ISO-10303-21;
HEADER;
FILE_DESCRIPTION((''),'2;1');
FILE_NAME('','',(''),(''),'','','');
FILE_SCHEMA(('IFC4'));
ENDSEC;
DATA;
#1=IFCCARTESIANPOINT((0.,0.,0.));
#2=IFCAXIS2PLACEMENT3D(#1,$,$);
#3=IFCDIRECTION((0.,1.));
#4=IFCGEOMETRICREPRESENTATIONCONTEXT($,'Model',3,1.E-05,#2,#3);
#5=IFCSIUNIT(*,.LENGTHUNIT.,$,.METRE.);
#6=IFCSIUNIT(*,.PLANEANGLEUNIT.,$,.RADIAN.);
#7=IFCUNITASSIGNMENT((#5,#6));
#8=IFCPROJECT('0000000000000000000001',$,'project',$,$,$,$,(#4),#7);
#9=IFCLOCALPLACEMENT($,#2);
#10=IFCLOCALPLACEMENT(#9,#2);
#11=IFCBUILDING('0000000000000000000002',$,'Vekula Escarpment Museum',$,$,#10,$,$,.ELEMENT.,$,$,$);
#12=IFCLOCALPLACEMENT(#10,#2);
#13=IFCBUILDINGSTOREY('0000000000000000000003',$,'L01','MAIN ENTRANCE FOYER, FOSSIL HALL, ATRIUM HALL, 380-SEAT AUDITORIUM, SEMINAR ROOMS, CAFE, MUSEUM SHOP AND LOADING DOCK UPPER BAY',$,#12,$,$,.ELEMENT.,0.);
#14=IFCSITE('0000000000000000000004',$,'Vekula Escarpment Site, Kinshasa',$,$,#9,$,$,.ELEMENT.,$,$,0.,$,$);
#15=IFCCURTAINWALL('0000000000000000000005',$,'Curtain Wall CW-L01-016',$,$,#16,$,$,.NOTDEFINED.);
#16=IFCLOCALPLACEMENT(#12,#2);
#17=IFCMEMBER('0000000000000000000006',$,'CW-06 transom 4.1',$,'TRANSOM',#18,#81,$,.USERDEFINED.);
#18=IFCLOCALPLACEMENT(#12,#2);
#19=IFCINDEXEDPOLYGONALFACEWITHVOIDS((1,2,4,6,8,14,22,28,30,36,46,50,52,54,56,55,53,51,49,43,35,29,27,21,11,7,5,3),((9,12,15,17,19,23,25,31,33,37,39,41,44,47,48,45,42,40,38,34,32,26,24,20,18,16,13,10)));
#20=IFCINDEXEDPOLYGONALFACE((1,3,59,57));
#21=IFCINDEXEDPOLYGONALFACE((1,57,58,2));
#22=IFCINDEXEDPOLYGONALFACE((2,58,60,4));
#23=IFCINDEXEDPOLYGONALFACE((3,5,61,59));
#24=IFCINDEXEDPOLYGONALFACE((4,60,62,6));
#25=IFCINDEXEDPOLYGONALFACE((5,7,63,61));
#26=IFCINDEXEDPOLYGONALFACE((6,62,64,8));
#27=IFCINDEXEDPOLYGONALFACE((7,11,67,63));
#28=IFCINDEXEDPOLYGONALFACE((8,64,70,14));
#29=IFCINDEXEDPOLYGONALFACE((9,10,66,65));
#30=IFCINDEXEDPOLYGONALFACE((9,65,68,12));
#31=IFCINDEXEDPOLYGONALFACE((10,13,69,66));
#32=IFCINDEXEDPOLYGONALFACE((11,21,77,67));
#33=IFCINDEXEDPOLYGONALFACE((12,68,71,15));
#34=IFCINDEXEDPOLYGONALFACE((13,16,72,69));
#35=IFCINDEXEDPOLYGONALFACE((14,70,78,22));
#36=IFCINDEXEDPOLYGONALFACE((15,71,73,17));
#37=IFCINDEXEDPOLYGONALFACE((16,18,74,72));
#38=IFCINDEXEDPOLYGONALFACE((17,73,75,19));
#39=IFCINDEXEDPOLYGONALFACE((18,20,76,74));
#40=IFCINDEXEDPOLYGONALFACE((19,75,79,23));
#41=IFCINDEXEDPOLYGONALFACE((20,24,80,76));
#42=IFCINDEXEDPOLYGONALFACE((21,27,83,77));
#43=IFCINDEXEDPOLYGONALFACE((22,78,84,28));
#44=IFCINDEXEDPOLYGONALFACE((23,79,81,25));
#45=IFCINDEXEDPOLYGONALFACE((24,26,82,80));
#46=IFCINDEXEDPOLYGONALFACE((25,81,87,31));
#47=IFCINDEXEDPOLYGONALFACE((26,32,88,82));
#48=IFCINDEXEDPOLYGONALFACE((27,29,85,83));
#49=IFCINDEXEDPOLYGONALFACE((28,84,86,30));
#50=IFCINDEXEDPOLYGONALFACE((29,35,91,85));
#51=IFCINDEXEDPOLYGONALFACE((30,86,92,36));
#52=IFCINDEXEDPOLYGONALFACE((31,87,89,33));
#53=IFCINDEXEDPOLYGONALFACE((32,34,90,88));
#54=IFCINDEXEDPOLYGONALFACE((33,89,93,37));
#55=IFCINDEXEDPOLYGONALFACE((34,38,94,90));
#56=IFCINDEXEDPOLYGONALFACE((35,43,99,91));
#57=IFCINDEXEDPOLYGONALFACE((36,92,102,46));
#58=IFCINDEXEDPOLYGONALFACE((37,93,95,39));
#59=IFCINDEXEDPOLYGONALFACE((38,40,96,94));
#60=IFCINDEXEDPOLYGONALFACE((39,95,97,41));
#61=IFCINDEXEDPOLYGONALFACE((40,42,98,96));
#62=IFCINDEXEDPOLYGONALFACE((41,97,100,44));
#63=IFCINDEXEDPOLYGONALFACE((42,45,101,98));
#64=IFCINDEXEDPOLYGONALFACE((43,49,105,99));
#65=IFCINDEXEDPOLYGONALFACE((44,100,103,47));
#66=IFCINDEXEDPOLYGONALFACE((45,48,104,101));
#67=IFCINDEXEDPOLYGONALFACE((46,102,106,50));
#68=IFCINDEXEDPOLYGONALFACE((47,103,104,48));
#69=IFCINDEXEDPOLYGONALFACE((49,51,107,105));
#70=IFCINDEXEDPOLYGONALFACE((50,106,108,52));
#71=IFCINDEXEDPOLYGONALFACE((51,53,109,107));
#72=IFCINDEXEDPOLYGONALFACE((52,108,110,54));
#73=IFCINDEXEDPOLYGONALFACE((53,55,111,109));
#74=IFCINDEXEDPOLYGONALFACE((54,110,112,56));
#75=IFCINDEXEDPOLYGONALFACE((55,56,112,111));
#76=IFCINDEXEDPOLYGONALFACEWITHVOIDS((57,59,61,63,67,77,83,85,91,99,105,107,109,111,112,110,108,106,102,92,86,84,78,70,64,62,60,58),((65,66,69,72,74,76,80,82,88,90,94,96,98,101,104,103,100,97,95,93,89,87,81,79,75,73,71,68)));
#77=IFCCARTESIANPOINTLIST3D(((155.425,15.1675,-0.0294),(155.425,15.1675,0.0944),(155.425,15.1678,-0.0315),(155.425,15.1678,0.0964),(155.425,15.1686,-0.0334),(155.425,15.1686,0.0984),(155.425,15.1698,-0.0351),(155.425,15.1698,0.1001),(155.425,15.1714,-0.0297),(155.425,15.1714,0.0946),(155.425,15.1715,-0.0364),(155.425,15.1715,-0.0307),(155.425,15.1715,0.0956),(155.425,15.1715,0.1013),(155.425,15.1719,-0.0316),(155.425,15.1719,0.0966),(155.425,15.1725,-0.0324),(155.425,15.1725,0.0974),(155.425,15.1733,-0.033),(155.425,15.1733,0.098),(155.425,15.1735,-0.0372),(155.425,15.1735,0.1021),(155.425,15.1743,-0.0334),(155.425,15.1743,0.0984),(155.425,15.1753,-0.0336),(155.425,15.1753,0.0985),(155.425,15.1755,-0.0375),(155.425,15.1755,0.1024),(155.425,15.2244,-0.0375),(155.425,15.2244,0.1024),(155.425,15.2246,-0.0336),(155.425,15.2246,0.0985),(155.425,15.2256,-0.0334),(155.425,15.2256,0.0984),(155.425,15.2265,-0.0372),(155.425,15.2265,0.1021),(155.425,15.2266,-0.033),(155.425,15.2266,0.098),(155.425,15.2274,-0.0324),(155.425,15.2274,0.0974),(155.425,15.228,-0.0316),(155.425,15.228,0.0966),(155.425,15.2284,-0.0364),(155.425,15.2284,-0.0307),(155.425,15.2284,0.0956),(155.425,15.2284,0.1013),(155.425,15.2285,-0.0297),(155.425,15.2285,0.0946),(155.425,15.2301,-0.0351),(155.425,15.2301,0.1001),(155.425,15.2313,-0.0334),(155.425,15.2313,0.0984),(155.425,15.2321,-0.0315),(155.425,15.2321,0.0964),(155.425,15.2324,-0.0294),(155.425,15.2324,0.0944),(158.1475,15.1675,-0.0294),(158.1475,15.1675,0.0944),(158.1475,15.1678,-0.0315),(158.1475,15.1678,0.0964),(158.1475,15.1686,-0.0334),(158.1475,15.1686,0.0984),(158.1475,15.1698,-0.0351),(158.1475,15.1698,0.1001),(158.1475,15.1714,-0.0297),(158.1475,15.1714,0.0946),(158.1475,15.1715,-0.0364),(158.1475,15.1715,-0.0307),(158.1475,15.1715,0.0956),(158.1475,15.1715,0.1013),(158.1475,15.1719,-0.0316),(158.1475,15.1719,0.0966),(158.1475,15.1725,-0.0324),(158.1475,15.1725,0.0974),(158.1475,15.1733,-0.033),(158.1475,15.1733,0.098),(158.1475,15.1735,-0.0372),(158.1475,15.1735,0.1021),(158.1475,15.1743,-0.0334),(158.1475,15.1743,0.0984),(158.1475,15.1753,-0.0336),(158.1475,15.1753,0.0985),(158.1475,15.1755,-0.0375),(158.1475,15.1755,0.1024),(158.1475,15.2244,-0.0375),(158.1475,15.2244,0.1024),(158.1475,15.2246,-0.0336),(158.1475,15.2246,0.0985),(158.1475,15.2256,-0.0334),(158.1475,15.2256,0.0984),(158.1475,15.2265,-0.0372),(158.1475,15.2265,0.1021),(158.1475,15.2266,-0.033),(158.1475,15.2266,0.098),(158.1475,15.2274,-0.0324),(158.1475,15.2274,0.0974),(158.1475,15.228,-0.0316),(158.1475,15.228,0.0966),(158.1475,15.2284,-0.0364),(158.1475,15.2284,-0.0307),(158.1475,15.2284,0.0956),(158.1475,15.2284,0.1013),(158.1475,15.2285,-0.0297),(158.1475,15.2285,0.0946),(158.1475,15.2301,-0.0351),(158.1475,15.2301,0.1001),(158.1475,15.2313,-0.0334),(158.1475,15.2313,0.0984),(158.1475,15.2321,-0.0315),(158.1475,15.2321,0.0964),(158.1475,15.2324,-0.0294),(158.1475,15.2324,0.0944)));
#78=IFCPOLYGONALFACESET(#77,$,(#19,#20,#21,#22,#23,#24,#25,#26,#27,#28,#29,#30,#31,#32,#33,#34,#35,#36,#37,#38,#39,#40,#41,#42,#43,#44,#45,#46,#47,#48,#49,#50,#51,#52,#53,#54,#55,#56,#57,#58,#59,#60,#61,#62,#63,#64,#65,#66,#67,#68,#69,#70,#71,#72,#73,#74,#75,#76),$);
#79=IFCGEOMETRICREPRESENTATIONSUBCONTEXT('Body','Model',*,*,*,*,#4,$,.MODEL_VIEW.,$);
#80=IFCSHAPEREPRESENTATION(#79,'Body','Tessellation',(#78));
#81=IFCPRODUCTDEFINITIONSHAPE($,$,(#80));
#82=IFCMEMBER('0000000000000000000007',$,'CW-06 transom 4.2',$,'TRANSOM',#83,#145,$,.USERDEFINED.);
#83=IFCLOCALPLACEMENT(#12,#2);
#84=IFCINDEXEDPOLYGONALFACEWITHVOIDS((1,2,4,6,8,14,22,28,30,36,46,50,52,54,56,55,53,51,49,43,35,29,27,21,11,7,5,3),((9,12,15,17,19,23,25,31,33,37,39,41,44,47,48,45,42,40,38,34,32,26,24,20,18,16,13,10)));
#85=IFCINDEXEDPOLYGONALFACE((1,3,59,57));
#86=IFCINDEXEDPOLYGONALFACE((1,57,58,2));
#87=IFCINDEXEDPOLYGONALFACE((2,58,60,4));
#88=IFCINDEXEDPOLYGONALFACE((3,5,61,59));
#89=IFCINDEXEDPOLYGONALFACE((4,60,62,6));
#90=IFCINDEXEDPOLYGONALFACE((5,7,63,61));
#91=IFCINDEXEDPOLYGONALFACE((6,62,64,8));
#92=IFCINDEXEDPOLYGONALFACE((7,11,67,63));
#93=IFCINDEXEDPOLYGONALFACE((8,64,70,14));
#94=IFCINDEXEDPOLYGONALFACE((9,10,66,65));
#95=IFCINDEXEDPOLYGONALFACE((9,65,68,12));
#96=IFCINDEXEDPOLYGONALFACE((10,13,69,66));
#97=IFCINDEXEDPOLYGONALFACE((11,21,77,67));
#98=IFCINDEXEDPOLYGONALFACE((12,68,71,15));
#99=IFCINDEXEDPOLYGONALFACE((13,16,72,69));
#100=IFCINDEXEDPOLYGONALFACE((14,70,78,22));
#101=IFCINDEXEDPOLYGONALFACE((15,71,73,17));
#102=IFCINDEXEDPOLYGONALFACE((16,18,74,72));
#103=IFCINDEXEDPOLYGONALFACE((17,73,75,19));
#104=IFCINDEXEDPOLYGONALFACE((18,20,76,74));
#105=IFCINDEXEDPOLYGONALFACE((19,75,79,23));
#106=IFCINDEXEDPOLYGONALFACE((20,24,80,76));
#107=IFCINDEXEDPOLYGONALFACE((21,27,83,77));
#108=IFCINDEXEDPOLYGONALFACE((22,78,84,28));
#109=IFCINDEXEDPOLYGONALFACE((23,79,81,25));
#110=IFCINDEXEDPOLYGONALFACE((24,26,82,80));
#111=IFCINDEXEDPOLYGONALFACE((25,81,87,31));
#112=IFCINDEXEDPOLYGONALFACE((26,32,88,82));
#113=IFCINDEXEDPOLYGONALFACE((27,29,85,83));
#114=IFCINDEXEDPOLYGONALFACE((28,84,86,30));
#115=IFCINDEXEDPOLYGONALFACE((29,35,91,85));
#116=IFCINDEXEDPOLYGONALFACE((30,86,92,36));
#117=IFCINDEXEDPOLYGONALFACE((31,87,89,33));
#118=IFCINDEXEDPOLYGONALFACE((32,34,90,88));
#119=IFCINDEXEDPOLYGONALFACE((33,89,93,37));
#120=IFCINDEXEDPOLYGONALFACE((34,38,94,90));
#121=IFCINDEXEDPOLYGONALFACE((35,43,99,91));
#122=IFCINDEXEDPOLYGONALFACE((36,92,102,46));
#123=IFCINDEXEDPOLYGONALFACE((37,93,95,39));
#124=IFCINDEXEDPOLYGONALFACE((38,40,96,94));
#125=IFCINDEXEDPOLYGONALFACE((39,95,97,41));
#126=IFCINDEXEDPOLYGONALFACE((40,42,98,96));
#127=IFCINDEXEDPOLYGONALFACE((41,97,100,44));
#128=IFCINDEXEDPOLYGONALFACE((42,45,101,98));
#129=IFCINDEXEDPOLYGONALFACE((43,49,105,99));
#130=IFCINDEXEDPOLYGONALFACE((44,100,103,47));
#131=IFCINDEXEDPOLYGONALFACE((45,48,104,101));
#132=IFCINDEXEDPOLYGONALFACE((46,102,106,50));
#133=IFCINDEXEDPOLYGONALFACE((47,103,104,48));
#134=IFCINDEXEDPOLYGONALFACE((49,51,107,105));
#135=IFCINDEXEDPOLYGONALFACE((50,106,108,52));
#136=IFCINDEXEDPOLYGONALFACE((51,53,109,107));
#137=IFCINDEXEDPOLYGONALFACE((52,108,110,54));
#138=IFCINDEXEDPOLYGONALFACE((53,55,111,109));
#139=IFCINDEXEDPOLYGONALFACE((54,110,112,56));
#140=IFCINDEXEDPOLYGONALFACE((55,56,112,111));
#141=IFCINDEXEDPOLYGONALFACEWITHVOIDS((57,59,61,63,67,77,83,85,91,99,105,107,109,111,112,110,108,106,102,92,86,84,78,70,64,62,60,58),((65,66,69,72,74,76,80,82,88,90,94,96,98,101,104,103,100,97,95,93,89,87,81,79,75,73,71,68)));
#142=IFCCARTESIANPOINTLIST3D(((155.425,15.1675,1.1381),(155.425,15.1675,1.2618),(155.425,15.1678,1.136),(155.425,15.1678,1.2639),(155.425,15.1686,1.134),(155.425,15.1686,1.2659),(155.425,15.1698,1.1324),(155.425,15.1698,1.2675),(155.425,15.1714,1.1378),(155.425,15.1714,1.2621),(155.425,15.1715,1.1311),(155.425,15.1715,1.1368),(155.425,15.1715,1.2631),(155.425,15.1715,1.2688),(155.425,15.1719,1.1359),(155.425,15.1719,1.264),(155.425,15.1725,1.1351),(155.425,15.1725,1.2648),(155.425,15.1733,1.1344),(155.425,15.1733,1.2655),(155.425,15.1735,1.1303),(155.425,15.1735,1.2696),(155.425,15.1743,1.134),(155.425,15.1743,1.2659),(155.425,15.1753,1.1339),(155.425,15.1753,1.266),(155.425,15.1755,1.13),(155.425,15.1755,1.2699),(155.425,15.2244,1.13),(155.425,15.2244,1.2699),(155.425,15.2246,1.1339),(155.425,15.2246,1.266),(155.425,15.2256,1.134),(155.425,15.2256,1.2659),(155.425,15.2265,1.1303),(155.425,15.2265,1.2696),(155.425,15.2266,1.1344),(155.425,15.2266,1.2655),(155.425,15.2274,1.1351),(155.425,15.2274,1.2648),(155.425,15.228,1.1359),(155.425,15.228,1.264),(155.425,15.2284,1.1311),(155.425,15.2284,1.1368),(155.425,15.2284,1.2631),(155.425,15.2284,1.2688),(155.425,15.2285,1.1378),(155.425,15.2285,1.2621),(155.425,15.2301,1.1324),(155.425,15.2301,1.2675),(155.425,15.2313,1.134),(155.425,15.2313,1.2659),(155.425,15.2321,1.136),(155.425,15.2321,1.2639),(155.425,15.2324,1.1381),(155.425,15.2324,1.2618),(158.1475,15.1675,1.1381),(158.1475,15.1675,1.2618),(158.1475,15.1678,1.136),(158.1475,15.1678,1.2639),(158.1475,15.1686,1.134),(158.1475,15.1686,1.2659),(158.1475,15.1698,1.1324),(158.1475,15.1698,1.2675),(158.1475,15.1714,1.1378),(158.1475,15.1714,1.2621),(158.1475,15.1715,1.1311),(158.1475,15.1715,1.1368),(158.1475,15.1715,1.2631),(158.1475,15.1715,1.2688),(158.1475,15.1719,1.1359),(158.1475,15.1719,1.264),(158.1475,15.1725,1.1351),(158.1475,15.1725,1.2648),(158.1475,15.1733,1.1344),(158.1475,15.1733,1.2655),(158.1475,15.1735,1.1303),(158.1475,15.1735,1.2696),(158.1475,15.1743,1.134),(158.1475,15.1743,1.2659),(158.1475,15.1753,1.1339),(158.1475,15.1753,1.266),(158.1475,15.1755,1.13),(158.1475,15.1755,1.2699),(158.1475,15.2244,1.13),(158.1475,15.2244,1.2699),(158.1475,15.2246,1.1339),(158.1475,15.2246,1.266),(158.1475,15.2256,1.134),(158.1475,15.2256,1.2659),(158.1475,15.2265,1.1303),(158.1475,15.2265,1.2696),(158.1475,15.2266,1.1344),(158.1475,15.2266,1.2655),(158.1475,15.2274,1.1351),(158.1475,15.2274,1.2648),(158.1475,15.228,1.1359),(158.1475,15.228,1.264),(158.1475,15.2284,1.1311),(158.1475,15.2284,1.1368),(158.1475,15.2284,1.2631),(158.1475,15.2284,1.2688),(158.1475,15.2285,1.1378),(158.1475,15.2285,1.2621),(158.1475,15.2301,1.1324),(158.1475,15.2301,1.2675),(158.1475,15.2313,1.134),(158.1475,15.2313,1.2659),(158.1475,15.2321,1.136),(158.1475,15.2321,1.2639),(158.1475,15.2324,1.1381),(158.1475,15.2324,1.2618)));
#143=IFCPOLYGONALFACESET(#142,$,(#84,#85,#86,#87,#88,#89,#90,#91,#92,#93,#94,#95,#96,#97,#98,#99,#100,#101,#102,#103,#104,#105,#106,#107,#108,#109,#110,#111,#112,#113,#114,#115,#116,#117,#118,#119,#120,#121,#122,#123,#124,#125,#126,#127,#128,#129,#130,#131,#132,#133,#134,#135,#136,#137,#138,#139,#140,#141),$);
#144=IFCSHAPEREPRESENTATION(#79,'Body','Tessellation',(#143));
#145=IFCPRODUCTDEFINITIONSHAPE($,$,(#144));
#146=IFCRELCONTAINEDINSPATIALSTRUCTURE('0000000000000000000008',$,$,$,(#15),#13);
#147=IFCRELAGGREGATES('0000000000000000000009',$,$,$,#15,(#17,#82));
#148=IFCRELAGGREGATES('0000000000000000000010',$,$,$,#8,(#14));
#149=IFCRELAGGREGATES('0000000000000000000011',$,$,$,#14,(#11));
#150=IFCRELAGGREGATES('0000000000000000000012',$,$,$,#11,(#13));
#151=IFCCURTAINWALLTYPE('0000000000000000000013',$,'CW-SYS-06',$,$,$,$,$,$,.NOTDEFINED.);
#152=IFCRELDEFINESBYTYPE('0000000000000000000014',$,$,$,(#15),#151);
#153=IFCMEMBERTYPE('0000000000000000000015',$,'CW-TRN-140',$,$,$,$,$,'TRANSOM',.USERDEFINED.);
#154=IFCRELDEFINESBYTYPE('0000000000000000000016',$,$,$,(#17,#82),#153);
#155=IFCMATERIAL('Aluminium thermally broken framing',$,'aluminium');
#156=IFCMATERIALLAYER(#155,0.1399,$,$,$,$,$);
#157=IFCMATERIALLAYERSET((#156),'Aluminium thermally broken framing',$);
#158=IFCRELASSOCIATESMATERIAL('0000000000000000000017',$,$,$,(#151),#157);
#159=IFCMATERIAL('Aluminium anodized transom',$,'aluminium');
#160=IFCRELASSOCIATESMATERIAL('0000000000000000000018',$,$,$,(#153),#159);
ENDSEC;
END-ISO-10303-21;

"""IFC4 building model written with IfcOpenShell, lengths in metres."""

from ifc_helpers import new_model, si_unit, direction, frame, origin, origin_2d, place, context, subcontext, project, spatial, hollow_rectangle, extrude, material, layer, layer_set, material_profile, profile_set, type_object, element, aggregate, save


model = new_model("IFC4")

# Units and contexts
model_context = context("Model", 3, precision=1e-05, world=origin(), true_north=direction((0.0, 1.0)))
body_context = subcontext(model_context, "Body", "Model", "MODEL_VIEW")
ifc_project = project(units=[si_unit("LENGTHUNIT", "METRE"), si_unit("PLANEANGLEUNIT", "RADIAN")], contexts=[model_context])

# Site, building, storey
site_placement = place(None, origin())
site = spatial("IfcSite", under=ifc_project, at=site_placement, Name="Vekula Escarpment Site, Kinshasa", CompositionType="ELEMENT", RefElevation=0.0)
building_placement = place(site_placement, origin())
building = spatial("IfcBuilding", under=site, at=building_placement, Name="Vekula Escarpment Museum", CompositionType="ELEMENT")
storey_placement = place(building_placement, origin())
storey = spatial("IfcBuildingStorey", under=building, at=storey_placement, Name="L01", Description="MAIN ENTRANCE FOYER, FOSSIL HALL, ATRIUM HALL, 380-SEAT AUDITORIUM, SEMINAR ROOMS, CAFE, MUSEUM SHOP AND LOADING DOCK UPPER BAY", CompositionType="ELEMENT", Elevation=0.0)

# Curtain wall
ifc_material_1 = material(Name="Aluminium thermally broken framing", Category="aluminium")
ifc_layer_1 = layer(ifc_material_1, 0.1399)
ifc_layer_set_1 = layer_set([ifc_layer_1], Name="Aluminium thermally broken framing")
curtain_wall_type_1 = type_object("IfcCurtainWallType", Name="CW-SYS-06", PredefinedType="NOTDEFINED", material=ifc_layer_set_1)
curtain_wall_1_placement = place(storey_placement, origin())
curtain_wall_1 = element("IfcCurtainWall", 1, at=curtain_wall_1_placement, inside=storey, type_object=curtain_wall_type_1, Name="Curtain Wall CW-L01-016", PredefinedType="NOTDEFINED")

# Members
ifc_material_2 = material(Name="Aluminium anodized transom", Category="aluminium")
ifc_material_profile_1 = material_profile(ifc_material_2, hollow_rectangle(XDim=0.0649, YDim=0.1399, WallThickness=0.0039, InnerFilletRadius=0.0039, OuterFilletRadius=0.0081, at=origin_2d()), Name="ALU 140x65x4")
ifc_profile_set_1 = profile_set([ifc_material_profile_1], Name="Aluminium anodized transom")
member_type_1 = type_object("IfcMemberType", Name="CW-TRN-140", ElementType="TRANSOM", PredefinedType="USERDEFINED", material=ifc_profile_set_1)
member_1_placement = place(storey_placement, frame((158.1475, 15.2, 0.0325), z_axis=(-1.0, 0.0, 0.0), x_axis=(0.0, -1.0, 0.0)))
member_1 = element("IfcMember", 2, at=member_1_placement, type_object=member_type_1, Name="CW-06 transom 4.1", ObjectType="TRANSOM", PredefinedType="USERDEFINED", context=body_context, shape_type="SweptSolid", body=[
    extrude(hollow_rectangle(XDim=0.0649, YDim=0.1399, WallThickness=0.0039, InnerFilletRadius=0.0039, OuterFilletRadius=0.0081, at=origin_2d()), origin(), (0.0, 0.0, 1.0), 2.7224),
])
member_2_placement = place(storey_placement, frame((158.1475, 15.2, 1.2), z_axis=(-1.0, 0.0, 0.0), x_axis=(0.0, -1.0, 0.0)))
member_2 = element("IfcMember", 3, at=member_2_placement, type_object=member_type_1, Name="CW-06 transom 4.2", ObjectType="TRANSOM", PredefinedType="USERDEFINED", context=body_context, shape_type="SweptSolid", body=[
    extrude(hollow_rectangle(XDim=0.0649, YDim=0.1399, WallThickness=0.0039, InnerFilletRadius=0.0039, OuterFilletRadius=0.0081, at=origin_2d()), origin(), (0.0, 0.0, 1.0), 2.7224),
])

aggregate(curtain_wall_1, [member_1, member_2])

save(model, "model.ifc")
